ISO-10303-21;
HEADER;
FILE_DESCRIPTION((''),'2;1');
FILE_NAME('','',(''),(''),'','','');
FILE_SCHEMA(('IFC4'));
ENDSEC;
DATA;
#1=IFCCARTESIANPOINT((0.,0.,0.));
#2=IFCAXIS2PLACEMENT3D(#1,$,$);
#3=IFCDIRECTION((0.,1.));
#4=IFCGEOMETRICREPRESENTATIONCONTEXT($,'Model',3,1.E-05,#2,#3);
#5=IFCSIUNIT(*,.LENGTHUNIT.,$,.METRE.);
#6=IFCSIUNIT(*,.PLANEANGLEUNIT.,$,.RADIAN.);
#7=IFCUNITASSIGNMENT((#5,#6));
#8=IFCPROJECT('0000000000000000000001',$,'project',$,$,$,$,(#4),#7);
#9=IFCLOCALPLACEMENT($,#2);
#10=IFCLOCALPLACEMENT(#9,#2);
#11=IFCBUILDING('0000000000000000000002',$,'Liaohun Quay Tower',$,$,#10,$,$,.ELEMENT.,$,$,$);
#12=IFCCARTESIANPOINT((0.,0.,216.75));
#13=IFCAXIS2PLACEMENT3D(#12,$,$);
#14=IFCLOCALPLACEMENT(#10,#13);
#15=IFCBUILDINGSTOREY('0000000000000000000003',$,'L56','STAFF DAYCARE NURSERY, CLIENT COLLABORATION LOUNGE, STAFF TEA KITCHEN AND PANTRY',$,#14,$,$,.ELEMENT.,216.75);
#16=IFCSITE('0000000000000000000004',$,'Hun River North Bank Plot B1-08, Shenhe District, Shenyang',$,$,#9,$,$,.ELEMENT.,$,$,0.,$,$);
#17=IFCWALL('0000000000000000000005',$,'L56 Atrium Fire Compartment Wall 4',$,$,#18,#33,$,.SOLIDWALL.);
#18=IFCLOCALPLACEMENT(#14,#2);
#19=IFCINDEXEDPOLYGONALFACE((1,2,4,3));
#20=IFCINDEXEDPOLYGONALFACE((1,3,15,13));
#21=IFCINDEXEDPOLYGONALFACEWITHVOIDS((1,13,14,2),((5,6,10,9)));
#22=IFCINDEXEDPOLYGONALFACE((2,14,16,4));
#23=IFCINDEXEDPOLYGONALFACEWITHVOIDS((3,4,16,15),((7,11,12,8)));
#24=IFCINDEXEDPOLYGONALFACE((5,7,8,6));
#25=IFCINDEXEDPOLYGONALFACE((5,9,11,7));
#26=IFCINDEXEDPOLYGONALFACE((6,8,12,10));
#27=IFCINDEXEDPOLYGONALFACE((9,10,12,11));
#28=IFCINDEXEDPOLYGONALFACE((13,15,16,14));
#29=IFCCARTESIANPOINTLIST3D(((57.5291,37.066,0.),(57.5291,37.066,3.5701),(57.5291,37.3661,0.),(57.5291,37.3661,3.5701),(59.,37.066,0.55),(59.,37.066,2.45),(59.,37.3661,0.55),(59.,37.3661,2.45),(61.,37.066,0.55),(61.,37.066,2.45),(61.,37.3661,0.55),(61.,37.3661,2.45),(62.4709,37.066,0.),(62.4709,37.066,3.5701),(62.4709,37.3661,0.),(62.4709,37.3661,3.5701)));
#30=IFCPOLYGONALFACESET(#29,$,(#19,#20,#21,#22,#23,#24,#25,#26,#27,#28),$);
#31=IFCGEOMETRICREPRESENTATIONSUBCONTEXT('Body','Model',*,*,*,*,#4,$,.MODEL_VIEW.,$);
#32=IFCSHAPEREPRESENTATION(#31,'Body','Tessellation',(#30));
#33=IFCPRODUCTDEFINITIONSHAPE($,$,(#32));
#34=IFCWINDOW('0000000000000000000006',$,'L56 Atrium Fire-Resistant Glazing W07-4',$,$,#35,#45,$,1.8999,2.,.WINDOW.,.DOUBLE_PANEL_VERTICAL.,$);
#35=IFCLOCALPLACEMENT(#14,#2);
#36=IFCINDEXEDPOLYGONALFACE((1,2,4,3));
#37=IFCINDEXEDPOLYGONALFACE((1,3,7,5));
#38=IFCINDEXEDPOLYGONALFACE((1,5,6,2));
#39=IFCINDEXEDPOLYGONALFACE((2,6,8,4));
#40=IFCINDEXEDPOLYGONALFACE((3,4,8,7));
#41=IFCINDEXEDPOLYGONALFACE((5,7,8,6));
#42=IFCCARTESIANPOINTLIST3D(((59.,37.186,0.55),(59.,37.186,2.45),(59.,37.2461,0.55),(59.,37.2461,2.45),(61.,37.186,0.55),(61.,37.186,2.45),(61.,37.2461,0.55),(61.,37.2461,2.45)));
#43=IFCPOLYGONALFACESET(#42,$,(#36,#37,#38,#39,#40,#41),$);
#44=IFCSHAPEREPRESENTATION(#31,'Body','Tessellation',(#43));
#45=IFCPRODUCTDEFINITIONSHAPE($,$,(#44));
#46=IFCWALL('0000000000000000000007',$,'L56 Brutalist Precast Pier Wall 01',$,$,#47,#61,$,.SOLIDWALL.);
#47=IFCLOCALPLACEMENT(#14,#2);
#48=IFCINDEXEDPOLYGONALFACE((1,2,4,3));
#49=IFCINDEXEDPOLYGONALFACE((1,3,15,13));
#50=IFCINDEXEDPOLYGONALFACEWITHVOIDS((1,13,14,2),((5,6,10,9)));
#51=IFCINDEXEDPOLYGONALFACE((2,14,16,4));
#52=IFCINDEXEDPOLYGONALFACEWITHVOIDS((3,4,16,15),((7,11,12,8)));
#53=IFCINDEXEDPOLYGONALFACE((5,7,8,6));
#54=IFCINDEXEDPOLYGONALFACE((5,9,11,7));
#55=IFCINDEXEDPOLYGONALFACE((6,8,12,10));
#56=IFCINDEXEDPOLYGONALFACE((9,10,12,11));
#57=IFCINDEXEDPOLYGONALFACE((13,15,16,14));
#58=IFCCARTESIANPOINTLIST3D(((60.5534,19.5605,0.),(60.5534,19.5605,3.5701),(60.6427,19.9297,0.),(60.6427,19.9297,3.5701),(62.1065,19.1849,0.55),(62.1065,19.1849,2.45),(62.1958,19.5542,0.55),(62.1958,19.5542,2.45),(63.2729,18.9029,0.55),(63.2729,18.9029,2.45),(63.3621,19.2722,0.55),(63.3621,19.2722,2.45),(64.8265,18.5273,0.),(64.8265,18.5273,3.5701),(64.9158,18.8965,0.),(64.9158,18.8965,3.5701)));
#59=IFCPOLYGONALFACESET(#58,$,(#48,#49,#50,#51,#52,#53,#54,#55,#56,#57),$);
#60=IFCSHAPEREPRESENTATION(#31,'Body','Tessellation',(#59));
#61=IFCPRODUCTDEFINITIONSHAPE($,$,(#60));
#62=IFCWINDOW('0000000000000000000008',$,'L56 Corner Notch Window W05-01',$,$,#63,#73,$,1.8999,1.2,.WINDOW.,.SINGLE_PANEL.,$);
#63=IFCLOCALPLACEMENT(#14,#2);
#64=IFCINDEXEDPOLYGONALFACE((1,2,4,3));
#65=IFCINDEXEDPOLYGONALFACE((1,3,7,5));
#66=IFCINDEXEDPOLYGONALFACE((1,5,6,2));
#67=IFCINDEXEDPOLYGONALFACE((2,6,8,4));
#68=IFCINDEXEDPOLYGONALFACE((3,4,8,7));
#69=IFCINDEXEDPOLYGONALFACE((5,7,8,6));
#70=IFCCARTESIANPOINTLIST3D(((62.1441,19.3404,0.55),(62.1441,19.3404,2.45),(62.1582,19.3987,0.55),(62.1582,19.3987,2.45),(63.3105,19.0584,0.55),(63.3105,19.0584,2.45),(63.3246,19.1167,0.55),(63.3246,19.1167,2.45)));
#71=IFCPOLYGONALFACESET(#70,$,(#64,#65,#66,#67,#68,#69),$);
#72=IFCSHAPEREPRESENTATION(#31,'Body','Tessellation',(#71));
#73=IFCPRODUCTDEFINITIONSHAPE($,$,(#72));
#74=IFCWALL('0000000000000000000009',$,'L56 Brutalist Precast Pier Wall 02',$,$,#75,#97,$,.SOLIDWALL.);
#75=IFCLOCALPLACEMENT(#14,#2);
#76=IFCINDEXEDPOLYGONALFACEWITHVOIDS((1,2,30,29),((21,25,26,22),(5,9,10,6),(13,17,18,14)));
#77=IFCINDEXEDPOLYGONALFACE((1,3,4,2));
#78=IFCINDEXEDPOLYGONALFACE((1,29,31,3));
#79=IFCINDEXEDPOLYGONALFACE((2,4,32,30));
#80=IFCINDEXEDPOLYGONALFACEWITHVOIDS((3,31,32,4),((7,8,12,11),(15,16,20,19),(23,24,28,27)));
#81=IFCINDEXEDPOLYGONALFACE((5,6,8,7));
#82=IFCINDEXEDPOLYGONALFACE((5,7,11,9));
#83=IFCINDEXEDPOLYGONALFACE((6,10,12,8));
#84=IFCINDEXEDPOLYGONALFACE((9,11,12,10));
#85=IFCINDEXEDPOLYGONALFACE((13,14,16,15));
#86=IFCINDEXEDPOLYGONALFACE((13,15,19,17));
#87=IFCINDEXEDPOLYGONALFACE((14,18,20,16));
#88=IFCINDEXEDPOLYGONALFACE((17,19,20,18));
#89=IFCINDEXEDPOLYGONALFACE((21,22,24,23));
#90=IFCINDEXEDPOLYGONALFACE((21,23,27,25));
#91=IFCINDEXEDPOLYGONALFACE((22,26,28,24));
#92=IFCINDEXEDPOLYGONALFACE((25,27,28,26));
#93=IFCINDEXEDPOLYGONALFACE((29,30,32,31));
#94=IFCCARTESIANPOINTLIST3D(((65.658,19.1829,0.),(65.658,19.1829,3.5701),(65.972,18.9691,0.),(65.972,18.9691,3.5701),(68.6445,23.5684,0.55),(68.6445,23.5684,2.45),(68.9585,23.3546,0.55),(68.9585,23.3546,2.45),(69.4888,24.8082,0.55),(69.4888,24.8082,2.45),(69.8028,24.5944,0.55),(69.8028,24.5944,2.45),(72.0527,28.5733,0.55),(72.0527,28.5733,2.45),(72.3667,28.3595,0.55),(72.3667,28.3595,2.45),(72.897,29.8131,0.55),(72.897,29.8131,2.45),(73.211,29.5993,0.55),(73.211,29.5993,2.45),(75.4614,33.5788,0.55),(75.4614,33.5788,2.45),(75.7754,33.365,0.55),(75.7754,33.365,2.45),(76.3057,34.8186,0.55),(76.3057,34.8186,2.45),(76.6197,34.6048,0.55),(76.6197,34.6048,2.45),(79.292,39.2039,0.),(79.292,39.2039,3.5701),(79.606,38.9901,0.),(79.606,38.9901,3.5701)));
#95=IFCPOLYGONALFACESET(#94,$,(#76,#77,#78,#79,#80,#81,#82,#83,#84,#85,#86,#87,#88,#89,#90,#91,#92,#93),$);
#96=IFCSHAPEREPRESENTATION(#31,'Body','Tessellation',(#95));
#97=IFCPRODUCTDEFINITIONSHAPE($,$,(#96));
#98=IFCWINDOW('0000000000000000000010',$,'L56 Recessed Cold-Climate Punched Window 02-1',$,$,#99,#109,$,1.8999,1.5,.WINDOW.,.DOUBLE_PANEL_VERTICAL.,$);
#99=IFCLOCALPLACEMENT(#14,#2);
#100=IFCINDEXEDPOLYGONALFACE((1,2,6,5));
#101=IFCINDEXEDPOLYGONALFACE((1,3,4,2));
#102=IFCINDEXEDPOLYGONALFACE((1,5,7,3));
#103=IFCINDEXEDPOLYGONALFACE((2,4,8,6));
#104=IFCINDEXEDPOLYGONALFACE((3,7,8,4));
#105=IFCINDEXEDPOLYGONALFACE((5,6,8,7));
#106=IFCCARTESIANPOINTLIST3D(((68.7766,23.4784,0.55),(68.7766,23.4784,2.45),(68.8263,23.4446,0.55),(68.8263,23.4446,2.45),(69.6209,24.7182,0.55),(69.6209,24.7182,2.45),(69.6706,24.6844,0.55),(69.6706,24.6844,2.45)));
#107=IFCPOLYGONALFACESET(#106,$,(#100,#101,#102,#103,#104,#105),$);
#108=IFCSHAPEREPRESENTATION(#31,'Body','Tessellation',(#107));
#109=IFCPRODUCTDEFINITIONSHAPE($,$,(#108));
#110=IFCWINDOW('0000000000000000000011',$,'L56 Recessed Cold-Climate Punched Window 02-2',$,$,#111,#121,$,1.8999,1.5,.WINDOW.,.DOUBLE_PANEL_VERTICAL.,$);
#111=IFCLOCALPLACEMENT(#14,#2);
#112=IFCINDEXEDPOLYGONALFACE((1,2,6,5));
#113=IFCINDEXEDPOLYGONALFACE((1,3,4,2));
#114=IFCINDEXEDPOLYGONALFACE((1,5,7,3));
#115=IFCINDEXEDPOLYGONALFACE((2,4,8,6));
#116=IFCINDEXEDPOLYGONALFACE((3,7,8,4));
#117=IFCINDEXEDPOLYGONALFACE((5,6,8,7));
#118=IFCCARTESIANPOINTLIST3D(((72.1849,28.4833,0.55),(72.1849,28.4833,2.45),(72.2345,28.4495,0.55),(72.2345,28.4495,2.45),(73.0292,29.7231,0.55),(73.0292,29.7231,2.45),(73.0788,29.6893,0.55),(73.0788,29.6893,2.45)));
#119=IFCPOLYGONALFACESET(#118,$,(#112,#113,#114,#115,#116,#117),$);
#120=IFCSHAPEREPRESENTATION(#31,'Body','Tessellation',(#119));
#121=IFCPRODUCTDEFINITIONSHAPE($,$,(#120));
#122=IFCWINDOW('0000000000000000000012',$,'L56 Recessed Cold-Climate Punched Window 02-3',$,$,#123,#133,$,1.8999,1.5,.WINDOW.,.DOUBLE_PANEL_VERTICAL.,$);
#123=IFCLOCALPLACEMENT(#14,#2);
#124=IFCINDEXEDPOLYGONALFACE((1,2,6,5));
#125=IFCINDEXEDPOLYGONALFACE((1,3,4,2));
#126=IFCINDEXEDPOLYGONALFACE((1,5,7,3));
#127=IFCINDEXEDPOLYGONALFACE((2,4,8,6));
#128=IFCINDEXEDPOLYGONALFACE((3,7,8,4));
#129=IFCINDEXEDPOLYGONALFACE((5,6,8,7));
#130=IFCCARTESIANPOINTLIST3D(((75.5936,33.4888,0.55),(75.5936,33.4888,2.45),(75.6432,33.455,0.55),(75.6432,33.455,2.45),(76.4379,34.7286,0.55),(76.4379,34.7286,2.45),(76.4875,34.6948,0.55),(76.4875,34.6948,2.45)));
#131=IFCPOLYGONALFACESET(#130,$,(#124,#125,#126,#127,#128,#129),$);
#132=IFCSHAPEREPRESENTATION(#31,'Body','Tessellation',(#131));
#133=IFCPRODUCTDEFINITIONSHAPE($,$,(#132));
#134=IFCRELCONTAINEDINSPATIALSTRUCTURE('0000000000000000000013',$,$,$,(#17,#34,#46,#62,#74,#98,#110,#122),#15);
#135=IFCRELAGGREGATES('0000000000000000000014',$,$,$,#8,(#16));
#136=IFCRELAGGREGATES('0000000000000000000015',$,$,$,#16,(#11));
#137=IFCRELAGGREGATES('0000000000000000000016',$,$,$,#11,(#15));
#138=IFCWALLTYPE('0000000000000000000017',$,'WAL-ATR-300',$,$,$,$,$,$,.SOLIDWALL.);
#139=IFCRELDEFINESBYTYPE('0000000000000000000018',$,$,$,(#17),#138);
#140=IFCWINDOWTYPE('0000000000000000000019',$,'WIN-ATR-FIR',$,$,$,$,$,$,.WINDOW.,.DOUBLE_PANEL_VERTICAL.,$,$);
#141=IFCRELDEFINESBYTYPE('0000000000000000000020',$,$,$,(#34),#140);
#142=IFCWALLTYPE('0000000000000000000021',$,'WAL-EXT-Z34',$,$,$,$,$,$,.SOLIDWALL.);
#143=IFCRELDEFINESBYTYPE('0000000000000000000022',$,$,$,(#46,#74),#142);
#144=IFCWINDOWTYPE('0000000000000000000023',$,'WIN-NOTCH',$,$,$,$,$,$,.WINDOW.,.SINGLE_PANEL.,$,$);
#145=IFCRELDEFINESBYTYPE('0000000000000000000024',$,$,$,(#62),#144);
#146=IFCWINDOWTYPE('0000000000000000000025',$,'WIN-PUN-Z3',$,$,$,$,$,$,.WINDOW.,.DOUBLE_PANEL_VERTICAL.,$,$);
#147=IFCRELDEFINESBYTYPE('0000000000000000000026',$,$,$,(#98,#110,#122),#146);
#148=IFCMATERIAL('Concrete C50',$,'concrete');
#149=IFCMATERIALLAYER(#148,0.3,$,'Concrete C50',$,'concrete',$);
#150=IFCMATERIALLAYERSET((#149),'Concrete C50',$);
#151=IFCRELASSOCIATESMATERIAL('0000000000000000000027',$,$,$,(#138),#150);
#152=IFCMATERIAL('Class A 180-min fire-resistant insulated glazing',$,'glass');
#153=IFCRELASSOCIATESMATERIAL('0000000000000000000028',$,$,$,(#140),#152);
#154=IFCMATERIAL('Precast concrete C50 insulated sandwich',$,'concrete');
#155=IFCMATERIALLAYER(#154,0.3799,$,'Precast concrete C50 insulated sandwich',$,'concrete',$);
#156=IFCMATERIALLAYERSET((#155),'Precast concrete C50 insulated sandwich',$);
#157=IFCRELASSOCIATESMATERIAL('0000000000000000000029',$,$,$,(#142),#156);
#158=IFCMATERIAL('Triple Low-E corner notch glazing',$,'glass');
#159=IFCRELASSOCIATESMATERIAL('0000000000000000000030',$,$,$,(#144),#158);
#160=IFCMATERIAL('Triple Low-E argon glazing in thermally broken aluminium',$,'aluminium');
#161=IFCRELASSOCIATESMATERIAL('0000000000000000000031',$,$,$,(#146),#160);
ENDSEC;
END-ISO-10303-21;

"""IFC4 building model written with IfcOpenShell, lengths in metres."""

from ifc_helpers import new_model, si_unit, direction, frame, frame_2d, origin, place, context, subcontext, project, spatial, rectangle, extrude, source, transform, mapped, material, layer, layer_set, type_object, element, fill, save


model = new_model("IFC4")

# Units and contexts
model_context = context("Model", 3, precision=1e-05, world=origin(), true_north=direction((0.0, 1.0)))
body_context = subcontext(model_context, "Body", "Model", "MODEL_VIEW")
ifc_project = project(units=[si_unit("LENGTHUNIT", "METRE"), si_unit("PLANEANGLEUNIT", "RADIAN")], contexts=[model_context])

# Site, building, storey
site_placement = place(None, origin())
site = spatial("IfcSite", under=ifc_project, at=site_placement, Name="Hun River North Bank Plot B1-08, Shenhe District, Shenyang", CompositionType="ELEMENT", RefElevation=0.0)
building_placement = place(site_placement, origin())
building = spatial("IfcBuilding", under=site, at=building_placement, Name="Liaohun Quay Tower", CompositionType="ELEMENT")
storey_placement = place(building_placement, frame((0.0, 0.0, 216.75)))
storey = spatial("IfcBuildingStorey", under=building, at=storey_placement, Name="L56", Description="STAFF DAYCARE NURSERY, CLIENT COLLABORATION LOUNGE, STAFF TEA KITCHEN AND PANTRY", CompositionType="ELEMENT", Elevation=216.75)

# Walls, openings, windows
ifc_material_1 = material(Name="Concrete C50", Category="concrete")
ifc_layer_1 = layer(ifc_material_1, 0.3, Name="Concrete C50", Category="concrete")
ifc_layer_set_1 = layer_set([ifc_layer_1], Name="Concrete C50")
wall_type_1 = type_object("IfcWallType", Name="WAL-ATR-300", PredefinedType="SOLIDWALL", material=ifc_layer_set_1)
shared_shape_1 = source(origin(), body_context, "Body", "SweptSolid", [
    extrude(rectangle(XDim=2.0, YDim=1.8999, at=frame_2d((1.0, 0.95))), frame((0.0, 0.1599, 0.0), z_axis=(0.0, -1.0, 0.0), x_axis=(1.0, 0.0, 0.0)), (0.0, 0.0, 1.0), 0.3201),
])
ifc_material_2 = material(Name="Class A 180-min fire-resistant insulated glazing", Category="glass")
window_type_1 = type_object("IfcWindowType", Name="WIN-ATR-FIR", PartitioningType="DOUBLE_PANEL_VERTICAL", PredefinedType="WINDOW", material=ifc_material_2)
shared_shape_2 = source(origin(), body_context, "Body", "SweptSolid", [
    extrude(rectangle(XDim=2.0, YDim=1.8999, at=frame_2d((1.0, 0.95))), frame((0.0, 0.03, 0.0), z_axis=(0.0, -1.0, 0.0), x_axis=(1.0, 0.0, 0.0)), (0.0, 0.0, 1.0), 0.0601),
])
wall_1_placement = place(storey_placement, frame((62.4709, 37.2161, 0.0), z_axis=(0.0, 0.0, 1.0), x_axis=(-1.0, 0.0, 0.0)))
wall_1 = element("IfcWall", 1, at=wall_1_placement, inside=storey, type_object=wall_type_1, Name="L56 Atrium Fire Compartment Wall 4", PredefinedType="SOLIDWALL", context=body_context, shape_type="SweptSolid", body=[
    extrude(rectangle(XDim=4.9419, YDim=0.3, at=frame_2d((2.4709, 0.0))), origin(), (0.0, 0.0, 1.0), 3.5701),
])
opening_1_placement = place(wall_1_placement, frame((1.4709, 0.0, 0.55)))
opening_1 = element("IfcOpeningElement", 2, at=opening_1_placement, cuts=wall_1, PredefinedType="OPENING", context=body_context, shape_type="MappedRepresentation", body=[
    mapped(shared_shape_1, transform((0.0, 0.0, 0.0), x_axis=(1.0, 0.0, 0.0), y_axis=(0.0, 1.0, 0.0), z_axis=(0.0, 0.0, 1.0), scale=1.0)),
])
window_1_placement = place(opening_1_placement, origin())
window_1 = element("IfcWindow", 3, at=window_1_placement, inside=storey, type_object=window_type_1, Name="L56 Atrium Fire-Resistant Glazing W07-4", OverallHeight=1.8999, OverallWidth=2.0, PartitioningType="DOUBLE_PANEL_VERTICAL", PredefinedType="WINDOW", context=body_context, shape_type="MappedRepresentation", body=[
    mapped(shared_shape_2, transform((0.0, 0.0, 0.0), x_axis=(1.0, 0.0, 0.0), y_axis=(0.0, 1.0, 0.0), z_axis=(0.0, 0.0, 1.0), scale=1.0)),
])
fill(opening_1, window_1)
ifc_material_3 = material(Name="Precast concrete C50 insulated sandwich", Category="concrete")
ifc_layer_2 = layer(ifc_material_3, 0.3799, Name="Precast concrete C50 insulated sandwich", Category="concrete")
ifc_layer_set_2 = layer_set([ifc_layer_2], Name="Precast concrete C50 insulated sandwich")
wall_type_2 = type_object("IfcWallType", Name="WAL-EXT-Z34", PredefinedType="SOLIDWALL", material=ifc_layer_set_2)
wall_2_placement = place(storey_placement, frame((60.5979, 19.7451, 0.0), z_axis=(0.0, 0.0, 1.0), x_axis=(0.971992, -0.235015, 0.0)))
wall_2 = element("IfcWall", 4, at=wall_2_placement, inside=storey, type_object=wall_type_2, Name="L56 Brutalist Precast Pier Wall 01", PredefinedType="SOLIDWALL", context=body_context, shape_type="SweptSolid", body=[
    extrude(rectangle(XDim=4.3962, YDim=0.3799, at=frame_2d((2.1982, 0.0))), origin(), (0.0, 0.0, 1.0), 3.5701),
])
shared_shape_3 = source(origin(), body_context, "Body", "SweptSolid", [
    extrude(rectangle(XDim=1.2, YDim=1.8999, at=frame_2d((0.6001, 0.95))), frame((0.0, 0.2, 0.0), z_axis=(0.0, -1.0, 0.0), x_axis=(1.0, 0.0, 0.0)), (0.0, 0.0, 1.0), 0.3999),
])
opening_2_placement = place(wall_2_placement, frame((1.5979, 0.0, 0.55)))
opening_2 = element("IfcOpeningElement", 5, at=opening_2_placement, cuts=wall_2, PredefinedType="OPENING", context=body_context, shape_type="MappedRepresentation", body=[
    mapped(shared_shape_3, transform((0.0, 0.0, 0.0), x_axis=(1.0, 0.0, 0.0), y_axis=(0.0, 1.0, 0.0), z_axis=(0.0, 0.0, 1.0), scale=1.0)),
])
ifc_material_4 = material(Name="Triple Low-E corner notch glazing", Category="glass")
window_type_2 = type_object("IfcWindowType", Name="WIN-NOTCH", PartitioningType="SINGLE_PANEL", PredefinedType="WINDOW", material=ifc_material_4)
shared_shape_4 = source(origin(), body_context, "Body", "SweptSolid", [
    extrude(rectangle(XDim=1.2, YDim=1.8999, at=frame_2d((0.6001, 0.95))), frame((0.0, 0.03, 0.0), z_axis=(0.0, -1.0, 0.0), x_axis=(1.0, 0.0, 0.0)), (0.0, 0.0, 1.0), 0.0601),
])
window_2_placement = place(opening_2_placement, origin())
window_2 = element("IfcWindow", 6, at=window_2_placement, inside=storey, type_object=window_type_2, Name="L56 Corner Notch Window W05-01", OverallHeight=1.8999, OverallWidth=1.2, PartitioningType="SINGLE_PANEL", PredefinedType="WINDOW", context=body_context, shape_type="MappedRepresentation", body=[
    mapped(shared_shape_4, transform((0.0, 0.0, 0.0), x_axis=(1.0, 0.0, 0.0), y_axis=(0.0, 1.0, 0.0), z_axis=(0.0, 0.0, 1.0), scale=1.0)),
])
fill(opening_2, window_2)

# Wall, openings, windows
wall_3_placement = place(storey_placement, frame((65.8149, 19.0759, 0.0), z_axis=(0.0, 0.0, 1.0), x_axis=(0.562868, 0.826547, 0.0)))
wall_3 = element("IfcWall", 7, at=wall_3_placement, inside=storey, type_object=wall_type_2, Name="L56 Brutalist Precast Pier Wall 02", PredefinedType="SOLIDWALL", context=body_context, shape_type="SweptSolid", body=[
    extrude(rectangle(XDim=24.2224, YDim=0.3799, at=frame_2d((12.1113, 0.0))), origin(), (0.0, 0.0, 1.0), 3.5701),
])
shared_shape_5 = source(origin(), body_context, "Body", "SweptSolid", [
    extrude(rectangle(XDim=1.5, YDim=1.8999, at=frame_2d((0.75, 0.95))), frame((0.0, 0.2, 0.0), z_axis=(0.0, -1.0, 0.0), x_axis=(1.0, 0.0, 0.0)), (0.0, 0.0, 1.0), 0.3999),
])
opening_3_placement = place(wall_3_placement, frame((5.3059, 0.0, 0.55)))
opening_3 = element("IfcOpeningElement", 8, at=opening_3_placement, cuts=wall_3, PredefinedType="OPENING", context=body_context, shape_type="MappedRepresentation", body=[
    mapped(shared_shape_5, transform((0.0, 0.0, 0.0), x_axis=(1.0, 0.0, 0.0), y_axis=(0.0, 1.0, 0.0), z_axis=(0.0, 0.0, 1.0), scale=1.0)),
])
opening_4_placement = place(wall_3_placement, frame((11.3611, 0.0, 0.55)))
opening_4 = element("IfcOpeningElement", 9, at=opening_4_placement, cuts=wall_3, PredefinedType="OPENING", context=body_context, shape_type="MappedRepresentation", body=[
    mapped(shared_shape_5, transform((0.0, 0.0, 0.0), x_axis=(1.0, 0.0, 0.0), y_axis=(0.0, 1.0, 0.0), z_axis=(0.0, 0.0, 1.0), scale=1.0)),
])
opening_5_placement = place(wall_3_placement, frame((17.417, 0.0, 0.55)))
opening_5 = element("IfcOpeningElement", 10, at=opening_5_placement, cuts=wall_3, PredefinedType="OPENING", context=body_context, shape_type="MappedRepresentation", body=[
    mapped(shared_shape_5, transform((0.0, 0.0, 0.0), x_axis=(1.0, 0.0, 0.0), y_axis=(0.0, 1.0, 0.0), z_axis=(0.0, 0.0, 1.0), scale=1.0)),
])
ifc_material_5 = material(Name="Triple Low-E argon glazing in thermally broken aluminium", Category="aluminium")
window_type_3 = type_object("IfcWindowType", Name="WIN-PUN-Z3", PartitioningType="DOUBLE_PANEL_VERTICAL", PredefinedType="WINDOW", material=ifc_material_5)
shared_shape_6 = source(origin(), body_context, "Body", "SweptSolid", [
    extrude(rectangle(XDim=1.5, YDim=1.8999, at=frame_2d((0.75, 0.95))), frame((0.0, 0.03, 0.0), z_axis=(0.0, -1.0, 0.0), x_axis=(1.0, 0.0, 0.0)), (0.0, 0.0, 1.0), 0.0601),
])
window_3_placement = place(opening_3_placement, origin())
window_3 = element("IfcWindow", 11, at=window_3_placement, inside=storey, type_object=window_type_3, Name="L56 Recessed Cold-Climate Punched Window 02-1", OverallHeight=1.8999, OverallWidth=1.5, PartitioningType="DOUBLE_PANEL_VERTICAL", PredefinedType="WINDOW", context=body_context, shape_type="MappedRepresentation", body=[
    mapped(shared_shape_6, transform((0.0, 0.0, 0.0), x_axis=(1.0, 0.0, 0.0), y_axis=(0.0, 1.0, 0.0), z_axis=(0.0, 0.0, 1.0), scale=1.0)),
])
fill(opening_3, window_3)
window_4_placement = place(opening_4_placement, origin())
window_4 = element("IfcWindow", 12, at=window_4_placement, inside=storey, type_object=window_type_3, Name="L56 Recessed Cold-Climate Punched Window 02-2", OverallHeight=1.8999, OverallWidth=1.5, PartitioningType="DOUBLE_PANEL_VERTICAL", PredefinedType="WINDOW", context=body_context, shape_type="MappedRepresentation", body=[
    mapped(shared_shape_6, transform((0.0, 0.0, 0.0), x_axis=(1.0, 0.0, 0.0), y_axis=(0.0, 1.0, 0.0), z_axis=(0.0, 0.0, 1.0), scale=1.0)),
])
fill(opening_4, window_4)
window_5_placement = place(opening_5_placement, origin())
window_5 = element("IfcWindow", 13, at=window_5_placement, inside=storey, type_object=window_type_3, Name="L56 Recessed Cold-Climate Punched Window 02-3", OverallHeight=1.8999, OverallWidth=1.5, PartitioningType="DOUBLE_PANEL_VERTICAL", PredefinedType="WINDOW", context=body_context, shape_type="MappedRepresentation", body=[
    mapped(shared_shape_6, transform((0.0, 0.0, 0.0), x_axis=(1.0, 0.0, 0.0), y_axis=(0.0, 1.0, 0.0), z_axis=(0.0, 0.0, 1.0), scale=1.0)),
])
fill(opening_5, window_5)

save(model, "model.ifc")
